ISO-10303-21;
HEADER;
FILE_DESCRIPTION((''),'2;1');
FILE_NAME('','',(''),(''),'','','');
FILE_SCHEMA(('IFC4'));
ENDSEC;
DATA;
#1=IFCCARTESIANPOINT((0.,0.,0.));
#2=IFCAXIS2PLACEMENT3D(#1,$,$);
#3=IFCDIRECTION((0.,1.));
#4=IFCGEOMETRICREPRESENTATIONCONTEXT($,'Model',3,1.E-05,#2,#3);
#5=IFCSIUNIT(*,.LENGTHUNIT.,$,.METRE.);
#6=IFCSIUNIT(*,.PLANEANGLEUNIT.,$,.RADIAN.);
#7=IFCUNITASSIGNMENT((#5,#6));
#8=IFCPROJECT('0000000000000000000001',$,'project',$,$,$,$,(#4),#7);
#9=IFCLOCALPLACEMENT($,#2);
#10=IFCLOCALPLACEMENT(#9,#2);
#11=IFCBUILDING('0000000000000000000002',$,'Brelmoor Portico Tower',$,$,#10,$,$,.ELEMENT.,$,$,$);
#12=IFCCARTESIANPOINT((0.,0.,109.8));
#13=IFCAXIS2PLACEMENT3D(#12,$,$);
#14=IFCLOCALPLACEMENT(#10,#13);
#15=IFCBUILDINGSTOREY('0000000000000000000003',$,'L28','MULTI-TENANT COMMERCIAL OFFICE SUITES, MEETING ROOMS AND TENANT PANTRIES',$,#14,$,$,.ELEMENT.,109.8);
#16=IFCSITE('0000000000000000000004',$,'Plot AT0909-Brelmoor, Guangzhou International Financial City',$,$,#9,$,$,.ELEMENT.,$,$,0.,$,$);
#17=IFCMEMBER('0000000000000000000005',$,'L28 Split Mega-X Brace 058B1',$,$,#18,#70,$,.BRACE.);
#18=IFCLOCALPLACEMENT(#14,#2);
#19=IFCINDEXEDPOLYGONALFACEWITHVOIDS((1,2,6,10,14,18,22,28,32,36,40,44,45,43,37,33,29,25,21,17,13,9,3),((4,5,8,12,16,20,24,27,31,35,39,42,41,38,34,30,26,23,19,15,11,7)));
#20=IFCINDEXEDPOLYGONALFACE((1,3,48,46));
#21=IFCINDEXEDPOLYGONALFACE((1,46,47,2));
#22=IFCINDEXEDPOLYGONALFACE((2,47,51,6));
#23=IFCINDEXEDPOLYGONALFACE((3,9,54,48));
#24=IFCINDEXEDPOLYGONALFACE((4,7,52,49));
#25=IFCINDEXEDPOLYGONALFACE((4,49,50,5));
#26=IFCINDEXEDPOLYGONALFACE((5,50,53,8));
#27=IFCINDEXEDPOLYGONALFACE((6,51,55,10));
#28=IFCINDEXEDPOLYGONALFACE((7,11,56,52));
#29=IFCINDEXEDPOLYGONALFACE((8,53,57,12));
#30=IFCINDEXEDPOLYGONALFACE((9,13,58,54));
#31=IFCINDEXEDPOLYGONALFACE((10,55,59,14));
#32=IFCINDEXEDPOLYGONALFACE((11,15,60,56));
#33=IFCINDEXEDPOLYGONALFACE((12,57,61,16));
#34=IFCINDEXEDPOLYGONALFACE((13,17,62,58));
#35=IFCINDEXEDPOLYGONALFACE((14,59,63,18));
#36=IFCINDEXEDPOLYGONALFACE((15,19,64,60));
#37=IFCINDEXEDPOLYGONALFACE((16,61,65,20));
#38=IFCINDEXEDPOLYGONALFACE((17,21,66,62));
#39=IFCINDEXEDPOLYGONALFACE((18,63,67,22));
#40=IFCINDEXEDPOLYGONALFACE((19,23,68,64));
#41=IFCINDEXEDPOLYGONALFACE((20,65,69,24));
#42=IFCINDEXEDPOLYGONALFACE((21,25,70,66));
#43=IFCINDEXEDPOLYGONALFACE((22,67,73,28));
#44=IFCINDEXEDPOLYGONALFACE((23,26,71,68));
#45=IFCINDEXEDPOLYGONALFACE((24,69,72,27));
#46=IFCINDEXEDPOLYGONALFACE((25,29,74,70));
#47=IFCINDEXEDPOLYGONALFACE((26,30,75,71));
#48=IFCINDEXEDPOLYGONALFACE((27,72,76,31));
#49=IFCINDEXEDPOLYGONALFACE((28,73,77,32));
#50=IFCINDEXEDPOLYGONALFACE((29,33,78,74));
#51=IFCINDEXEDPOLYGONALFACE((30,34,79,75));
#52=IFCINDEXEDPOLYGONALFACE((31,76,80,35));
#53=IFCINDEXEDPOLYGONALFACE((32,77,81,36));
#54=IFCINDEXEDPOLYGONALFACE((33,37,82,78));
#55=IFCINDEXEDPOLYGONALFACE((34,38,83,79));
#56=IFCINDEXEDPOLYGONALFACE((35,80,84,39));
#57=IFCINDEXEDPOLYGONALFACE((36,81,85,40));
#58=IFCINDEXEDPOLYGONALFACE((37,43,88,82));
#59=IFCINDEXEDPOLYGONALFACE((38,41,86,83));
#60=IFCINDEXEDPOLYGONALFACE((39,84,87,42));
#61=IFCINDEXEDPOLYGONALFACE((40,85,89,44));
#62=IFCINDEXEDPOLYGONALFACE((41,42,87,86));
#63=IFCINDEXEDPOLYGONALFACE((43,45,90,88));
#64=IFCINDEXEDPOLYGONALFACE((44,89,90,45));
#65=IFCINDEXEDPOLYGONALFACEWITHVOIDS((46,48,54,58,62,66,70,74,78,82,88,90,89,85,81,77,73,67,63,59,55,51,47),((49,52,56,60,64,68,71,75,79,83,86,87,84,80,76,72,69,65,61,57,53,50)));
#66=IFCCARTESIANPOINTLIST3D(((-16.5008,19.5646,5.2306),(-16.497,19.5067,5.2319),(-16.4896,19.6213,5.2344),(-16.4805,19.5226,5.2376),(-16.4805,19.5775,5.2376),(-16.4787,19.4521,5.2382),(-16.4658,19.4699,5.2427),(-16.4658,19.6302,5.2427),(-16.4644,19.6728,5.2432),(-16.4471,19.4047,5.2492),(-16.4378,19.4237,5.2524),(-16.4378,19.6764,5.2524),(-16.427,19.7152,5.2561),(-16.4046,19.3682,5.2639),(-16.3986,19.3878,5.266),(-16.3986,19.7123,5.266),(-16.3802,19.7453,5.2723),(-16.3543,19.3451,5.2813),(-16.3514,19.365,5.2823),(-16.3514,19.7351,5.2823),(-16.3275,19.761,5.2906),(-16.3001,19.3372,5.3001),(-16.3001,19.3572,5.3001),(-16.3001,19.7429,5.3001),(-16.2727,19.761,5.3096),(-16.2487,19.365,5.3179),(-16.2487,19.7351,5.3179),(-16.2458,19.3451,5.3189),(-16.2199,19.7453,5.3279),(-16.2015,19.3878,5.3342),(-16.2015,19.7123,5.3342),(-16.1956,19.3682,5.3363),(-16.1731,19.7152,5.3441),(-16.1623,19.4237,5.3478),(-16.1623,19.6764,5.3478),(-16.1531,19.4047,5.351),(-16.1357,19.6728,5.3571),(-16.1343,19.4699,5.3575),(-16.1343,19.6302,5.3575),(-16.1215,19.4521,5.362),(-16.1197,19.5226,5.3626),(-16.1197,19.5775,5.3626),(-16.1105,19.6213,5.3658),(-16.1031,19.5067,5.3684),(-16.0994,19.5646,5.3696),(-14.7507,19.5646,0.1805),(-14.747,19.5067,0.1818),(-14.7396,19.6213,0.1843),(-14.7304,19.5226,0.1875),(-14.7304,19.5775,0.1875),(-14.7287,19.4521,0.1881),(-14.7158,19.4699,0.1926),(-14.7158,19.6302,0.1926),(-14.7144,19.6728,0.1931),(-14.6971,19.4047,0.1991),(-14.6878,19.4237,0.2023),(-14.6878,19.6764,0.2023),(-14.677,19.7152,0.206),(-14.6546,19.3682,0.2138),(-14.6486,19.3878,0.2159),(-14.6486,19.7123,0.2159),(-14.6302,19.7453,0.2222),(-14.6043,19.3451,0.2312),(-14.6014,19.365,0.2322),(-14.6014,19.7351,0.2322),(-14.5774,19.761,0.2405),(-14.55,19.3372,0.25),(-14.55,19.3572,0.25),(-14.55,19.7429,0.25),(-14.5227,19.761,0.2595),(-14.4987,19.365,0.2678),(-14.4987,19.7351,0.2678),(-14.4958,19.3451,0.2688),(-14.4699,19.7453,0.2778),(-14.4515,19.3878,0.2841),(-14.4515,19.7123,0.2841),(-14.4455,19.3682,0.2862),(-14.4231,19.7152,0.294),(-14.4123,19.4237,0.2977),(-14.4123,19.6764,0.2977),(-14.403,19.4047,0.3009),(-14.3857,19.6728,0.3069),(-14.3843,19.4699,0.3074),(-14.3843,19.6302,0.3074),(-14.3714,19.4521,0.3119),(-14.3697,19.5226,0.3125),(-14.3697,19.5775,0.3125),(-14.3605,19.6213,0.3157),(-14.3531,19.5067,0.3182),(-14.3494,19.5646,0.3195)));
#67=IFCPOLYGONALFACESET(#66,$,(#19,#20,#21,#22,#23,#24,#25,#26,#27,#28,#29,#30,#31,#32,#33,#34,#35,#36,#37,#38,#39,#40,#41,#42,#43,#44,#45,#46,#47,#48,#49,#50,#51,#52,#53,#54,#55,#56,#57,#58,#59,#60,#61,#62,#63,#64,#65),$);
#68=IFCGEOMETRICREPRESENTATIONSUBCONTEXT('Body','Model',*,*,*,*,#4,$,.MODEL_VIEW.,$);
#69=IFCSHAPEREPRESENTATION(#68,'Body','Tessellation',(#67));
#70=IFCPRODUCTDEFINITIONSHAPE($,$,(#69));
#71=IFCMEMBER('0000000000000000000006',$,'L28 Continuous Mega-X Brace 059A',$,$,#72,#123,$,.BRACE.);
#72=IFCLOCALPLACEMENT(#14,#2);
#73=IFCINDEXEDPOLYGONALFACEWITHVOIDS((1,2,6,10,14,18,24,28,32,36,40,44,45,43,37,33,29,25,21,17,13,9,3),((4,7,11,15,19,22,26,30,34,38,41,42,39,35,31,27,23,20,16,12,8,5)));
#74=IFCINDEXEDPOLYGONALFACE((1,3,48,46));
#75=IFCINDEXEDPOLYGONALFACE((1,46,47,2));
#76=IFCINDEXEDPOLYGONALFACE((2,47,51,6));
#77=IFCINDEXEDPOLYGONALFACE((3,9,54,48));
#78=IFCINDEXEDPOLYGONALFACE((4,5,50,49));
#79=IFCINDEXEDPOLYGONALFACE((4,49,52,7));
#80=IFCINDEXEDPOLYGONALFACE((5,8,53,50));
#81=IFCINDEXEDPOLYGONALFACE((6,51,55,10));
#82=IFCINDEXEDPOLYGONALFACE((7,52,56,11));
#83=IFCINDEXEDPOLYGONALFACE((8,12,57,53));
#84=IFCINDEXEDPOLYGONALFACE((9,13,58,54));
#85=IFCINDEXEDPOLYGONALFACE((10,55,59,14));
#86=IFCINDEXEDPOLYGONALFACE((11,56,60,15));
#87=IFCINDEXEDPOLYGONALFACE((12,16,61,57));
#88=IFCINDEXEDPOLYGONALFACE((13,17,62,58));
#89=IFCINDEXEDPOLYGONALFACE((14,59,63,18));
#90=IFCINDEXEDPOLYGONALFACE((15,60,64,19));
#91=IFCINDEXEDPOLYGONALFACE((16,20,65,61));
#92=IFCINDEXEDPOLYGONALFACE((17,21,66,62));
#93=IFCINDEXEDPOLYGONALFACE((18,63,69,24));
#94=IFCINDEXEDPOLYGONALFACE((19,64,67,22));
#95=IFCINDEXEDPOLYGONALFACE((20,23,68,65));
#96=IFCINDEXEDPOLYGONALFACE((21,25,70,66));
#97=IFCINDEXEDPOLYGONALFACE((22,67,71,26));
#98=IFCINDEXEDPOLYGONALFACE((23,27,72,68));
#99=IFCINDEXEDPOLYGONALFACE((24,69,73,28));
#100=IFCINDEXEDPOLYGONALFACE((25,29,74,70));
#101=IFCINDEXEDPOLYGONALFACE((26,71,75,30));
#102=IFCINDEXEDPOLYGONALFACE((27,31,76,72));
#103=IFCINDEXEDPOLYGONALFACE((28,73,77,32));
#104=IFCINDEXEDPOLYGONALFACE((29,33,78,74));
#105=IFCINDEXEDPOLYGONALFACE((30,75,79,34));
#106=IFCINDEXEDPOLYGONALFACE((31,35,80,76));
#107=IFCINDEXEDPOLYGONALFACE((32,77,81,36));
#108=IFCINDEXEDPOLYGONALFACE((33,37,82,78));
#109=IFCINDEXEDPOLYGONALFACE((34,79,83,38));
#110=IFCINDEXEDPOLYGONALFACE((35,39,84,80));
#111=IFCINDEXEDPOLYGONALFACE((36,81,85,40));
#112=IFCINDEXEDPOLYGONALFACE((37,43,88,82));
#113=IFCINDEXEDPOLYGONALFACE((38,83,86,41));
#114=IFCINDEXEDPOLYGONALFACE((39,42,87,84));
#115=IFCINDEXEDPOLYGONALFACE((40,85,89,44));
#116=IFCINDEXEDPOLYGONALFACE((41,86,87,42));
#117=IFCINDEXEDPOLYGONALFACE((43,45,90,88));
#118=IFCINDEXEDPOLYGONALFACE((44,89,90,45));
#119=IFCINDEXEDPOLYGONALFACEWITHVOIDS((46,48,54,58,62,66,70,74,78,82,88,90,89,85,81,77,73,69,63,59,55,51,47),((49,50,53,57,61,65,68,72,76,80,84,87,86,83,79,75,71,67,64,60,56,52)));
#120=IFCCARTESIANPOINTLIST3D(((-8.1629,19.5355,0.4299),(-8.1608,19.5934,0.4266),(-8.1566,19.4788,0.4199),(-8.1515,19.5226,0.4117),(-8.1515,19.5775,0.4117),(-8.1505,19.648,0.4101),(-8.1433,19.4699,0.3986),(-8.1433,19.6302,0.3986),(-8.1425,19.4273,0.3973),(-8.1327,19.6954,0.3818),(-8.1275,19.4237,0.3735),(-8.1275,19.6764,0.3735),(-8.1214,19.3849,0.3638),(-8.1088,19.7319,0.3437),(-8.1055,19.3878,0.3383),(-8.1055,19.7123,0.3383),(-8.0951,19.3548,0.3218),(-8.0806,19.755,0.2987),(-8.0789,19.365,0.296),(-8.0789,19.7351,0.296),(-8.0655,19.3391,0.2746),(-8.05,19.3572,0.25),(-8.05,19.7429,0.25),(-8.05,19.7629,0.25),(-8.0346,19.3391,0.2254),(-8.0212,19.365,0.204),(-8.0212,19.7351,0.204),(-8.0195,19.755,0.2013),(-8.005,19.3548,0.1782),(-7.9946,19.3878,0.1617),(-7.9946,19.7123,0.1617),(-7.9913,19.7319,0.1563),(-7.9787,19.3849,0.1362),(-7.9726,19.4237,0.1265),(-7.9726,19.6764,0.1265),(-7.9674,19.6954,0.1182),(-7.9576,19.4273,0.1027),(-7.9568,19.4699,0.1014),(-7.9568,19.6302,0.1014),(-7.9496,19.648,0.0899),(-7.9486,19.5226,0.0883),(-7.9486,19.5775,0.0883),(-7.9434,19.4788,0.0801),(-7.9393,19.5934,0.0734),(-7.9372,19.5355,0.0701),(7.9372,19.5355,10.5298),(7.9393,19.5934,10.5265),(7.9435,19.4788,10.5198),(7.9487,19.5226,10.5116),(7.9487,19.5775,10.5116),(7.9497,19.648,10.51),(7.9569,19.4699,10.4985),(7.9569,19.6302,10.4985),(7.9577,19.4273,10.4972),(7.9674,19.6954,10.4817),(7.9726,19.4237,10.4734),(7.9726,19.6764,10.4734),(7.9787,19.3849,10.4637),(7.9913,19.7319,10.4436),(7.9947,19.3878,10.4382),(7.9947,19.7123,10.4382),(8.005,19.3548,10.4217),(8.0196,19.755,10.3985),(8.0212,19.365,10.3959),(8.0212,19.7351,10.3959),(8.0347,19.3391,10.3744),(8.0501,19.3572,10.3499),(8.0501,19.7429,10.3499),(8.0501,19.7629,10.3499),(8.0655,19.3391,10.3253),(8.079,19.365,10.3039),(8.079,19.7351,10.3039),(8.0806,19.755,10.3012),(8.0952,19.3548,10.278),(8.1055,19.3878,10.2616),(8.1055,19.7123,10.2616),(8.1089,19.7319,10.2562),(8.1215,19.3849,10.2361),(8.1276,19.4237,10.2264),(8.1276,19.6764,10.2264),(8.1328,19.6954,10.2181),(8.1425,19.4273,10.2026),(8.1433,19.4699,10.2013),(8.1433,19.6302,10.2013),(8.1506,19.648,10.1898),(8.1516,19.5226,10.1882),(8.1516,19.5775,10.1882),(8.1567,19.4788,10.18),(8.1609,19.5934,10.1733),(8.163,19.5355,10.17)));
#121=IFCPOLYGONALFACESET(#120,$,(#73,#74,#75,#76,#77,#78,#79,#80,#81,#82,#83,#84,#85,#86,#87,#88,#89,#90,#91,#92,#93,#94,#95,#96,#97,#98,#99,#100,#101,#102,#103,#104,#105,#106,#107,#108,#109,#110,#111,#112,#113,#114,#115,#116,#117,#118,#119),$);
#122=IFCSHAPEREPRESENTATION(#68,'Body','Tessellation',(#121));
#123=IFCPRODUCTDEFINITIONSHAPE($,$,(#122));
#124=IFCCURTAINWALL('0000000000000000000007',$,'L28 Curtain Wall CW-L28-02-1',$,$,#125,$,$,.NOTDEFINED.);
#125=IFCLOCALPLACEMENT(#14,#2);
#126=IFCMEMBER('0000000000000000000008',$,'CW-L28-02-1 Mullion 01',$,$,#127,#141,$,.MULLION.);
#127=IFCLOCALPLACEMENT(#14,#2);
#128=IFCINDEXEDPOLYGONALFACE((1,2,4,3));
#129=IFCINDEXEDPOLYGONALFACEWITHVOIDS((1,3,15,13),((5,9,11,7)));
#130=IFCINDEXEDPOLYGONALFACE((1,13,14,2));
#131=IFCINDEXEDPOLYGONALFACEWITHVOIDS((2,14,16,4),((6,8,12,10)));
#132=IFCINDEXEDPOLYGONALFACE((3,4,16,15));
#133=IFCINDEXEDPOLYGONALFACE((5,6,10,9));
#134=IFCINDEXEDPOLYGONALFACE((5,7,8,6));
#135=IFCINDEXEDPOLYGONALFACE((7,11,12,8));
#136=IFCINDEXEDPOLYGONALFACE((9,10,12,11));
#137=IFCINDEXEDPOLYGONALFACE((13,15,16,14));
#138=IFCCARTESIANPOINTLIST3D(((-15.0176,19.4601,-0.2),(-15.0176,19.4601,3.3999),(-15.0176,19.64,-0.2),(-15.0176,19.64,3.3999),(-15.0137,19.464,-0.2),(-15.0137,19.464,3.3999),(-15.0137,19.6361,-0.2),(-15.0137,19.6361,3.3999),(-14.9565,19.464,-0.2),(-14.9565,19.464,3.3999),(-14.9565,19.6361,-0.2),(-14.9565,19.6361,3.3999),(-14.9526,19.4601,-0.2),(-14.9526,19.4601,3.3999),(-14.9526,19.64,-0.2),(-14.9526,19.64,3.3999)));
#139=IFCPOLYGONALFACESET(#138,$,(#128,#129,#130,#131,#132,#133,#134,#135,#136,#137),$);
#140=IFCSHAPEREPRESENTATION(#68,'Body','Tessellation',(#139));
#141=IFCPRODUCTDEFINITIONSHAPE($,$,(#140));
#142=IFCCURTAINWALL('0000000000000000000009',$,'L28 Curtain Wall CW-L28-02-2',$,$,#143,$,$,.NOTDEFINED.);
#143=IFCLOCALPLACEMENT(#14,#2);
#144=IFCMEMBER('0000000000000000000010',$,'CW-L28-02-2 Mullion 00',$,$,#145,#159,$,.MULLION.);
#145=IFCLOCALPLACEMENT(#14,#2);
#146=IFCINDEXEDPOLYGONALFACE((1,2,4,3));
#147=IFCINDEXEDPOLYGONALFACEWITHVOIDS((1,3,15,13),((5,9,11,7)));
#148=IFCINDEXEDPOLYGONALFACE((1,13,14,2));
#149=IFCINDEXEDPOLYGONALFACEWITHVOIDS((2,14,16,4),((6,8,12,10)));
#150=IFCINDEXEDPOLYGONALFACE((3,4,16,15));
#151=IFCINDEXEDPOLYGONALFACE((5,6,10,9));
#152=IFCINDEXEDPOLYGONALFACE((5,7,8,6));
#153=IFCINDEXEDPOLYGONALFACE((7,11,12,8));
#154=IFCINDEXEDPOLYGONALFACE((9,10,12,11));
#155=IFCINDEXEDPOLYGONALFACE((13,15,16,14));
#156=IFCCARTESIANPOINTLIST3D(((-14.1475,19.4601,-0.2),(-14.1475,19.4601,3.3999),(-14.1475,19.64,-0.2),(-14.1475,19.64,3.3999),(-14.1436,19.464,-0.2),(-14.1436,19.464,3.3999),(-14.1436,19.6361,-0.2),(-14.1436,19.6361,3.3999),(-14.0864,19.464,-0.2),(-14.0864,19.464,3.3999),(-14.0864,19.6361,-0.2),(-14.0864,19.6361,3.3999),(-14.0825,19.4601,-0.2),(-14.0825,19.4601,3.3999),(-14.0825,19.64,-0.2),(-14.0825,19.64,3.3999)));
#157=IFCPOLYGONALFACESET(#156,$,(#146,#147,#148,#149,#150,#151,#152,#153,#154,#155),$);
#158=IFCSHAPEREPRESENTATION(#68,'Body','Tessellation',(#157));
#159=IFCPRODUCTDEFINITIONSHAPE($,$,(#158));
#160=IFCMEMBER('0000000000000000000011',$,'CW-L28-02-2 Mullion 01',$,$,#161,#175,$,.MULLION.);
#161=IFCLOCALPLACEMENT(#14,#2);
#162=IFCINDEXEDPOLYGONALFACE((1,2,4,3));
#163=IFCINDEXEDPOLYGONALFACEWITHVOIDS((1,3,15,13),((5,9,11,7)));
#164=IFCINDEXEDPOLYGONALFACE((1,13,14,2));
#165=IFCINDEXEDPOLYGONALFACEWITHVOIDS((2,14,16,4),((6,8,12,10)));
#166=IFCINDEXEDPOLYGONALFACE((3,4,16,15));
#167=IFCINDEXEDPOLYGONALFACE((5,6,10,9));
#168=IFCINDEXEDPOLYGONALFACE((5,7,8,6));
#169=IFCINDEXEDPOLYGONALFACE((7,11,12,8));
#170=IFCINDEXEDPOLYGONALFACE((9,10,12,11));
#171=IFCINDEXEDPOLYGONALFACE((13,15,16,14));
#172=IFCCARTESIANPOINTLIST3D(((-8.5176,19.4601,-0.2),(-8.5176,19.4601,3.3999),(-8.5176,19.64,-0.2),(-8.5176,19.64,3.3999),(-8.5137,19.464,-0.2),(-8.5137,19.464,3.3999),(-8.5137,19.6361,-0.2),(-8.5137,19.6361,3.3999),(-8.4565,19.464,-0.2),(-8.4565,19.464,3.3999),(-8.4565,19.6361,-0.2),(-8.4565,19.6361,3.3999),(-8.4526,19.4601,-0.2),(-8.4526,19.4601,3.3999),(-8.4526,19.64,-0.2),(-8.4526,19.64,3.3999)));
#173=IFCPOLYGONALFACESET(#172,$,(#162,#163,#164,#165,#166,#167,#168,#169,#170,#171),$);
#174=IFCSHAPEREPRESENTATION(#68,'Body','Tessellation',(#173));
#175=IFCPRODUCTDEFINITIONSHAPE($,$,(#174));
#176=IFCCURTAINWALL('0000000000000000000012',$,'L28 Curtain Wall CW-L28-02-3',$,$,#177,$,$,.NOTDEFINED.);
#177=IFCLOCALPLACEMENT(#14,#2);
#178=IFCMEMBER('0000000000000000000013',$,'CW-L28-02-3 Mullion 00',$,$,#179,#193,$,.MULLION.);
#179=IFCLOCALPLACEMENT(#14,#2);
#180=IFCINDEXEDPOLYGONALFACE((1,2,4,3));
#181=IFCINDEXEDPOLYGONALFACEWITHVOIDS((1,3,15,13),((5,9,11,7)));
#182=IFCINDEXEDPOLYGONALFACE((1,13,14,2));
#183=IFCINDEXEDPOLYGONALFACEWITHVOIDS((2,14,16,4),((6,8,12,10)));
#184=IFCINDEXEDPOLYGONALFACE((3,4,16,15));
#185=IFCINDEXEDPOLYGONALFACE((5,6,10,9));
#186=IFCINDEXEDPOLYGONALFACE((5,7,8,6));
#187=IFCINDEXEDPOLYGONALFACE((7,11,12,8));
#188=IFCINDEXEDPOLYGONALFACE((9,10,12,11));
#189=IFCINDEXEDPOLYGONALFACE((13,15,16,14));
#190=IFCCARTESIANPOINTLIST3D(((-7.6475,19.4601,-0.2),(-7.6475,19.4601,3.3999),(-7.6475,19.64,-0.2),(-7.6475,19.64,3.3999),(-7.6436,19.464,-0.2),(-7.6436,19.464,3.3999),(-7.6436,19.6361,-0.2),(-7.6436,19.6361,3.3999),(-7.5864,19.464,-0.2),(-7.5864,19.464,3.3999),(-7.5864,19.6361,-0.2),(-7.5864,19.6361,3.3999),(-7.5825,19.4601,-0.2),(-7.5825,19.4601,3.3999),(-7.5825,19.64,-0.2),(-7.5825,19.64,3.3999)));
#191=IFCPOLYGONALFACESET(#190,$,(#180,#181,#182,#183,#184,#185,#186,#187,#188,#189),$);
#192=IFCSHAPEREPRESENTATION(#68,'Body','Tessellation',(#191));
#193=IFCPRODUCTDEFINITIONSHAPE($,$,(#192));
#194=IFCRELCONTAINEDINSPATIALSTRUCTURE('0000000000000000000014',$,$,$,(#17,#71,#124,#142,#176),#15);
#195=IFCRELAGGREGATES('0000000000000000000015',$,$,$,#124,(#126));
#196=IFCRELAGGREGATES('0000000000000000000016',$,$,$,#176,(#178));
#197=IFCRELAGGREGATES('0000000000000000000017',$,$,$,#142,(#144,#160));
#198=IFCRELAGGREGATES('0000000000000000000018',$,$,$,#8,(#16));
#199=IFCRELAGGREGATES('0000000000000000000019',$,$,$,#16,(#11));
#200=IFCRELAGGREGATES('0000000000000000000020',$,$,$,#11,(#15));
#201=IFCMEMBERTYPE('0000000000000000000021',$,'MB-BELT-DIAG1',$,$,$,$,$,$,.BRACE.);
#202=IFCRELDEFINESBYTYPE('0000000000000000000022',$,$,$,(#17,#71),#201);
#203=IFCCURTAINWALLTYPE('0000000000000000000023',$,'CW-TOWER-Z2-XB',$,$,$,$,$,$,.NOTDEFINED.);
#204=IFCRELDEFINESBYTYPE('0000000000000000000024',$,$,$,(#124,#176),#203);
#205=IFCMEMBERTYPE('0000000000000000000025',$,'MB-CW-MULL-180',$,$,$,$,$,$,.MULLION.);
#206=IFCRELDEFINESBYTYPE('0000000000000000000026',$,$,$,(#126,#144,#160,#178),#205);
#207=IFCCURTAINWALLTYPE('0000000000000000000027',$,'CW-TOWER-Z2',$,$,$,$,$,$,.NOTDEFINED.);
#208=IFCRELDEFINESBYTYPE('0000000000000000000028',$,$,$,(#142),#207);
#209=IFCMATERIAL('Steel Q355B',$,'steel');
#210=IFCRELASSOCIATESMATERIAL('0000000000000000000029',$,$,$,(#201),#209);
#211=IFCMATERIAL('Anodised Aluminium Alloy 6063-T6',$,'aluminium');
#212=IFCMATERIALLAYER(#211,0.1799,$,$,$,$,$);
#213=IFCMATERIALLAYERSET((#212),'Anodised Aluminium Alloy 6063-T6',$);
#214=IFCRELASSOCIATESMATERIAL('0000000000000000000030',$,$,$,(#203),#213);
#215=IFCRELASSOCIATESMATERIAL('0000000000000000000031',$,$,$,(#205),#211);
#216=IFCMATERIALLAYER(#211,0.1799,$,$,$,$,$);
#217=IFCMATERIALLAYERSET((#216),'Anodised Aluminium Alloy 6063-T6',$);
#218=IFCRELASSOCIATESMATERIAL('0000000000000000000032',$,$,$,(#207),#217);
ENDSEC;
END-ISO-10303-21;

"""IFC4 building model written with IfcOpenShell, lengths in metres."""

from ifc_helpers import new_model, si_unit, direction, frame, origin, origin_2d, place, context, subcontext, project, spatial, hollow_rectangle, hollow_circle, extrude, material, layer, layer_set, material_profile, profile_set, type_object, element, aggregate, save


model = new_model("IFC4")

# Units and contexts
model_context = context("Model", 3, precision=1e-05, world=origin(), true_north=direction((0.0, 1.0)))
body_context = subcontext(model_context, "Body", "Model", "MODEL_VIEW")
ifc_project = project(units=[si_unit("LENGTHUNIT", "METRE"), si_unit("PLANEANGLEUNIT", "RADIAN")], contexts=[model_context])

# Site, building, storey
site_placement = place(None, origin())
site = spatial("IfcSite", under=ifc_project, at=site_placement, Name="Plot AT0909-Brelmoor, Guangzhou International Financial City", CompositionType="ELEMENT", RefElevation=0.0)
building_placement = place(site_placement, origin())
building = spatial("IfcBuilding", under=site, at=building_placement, Name="Brelmoor Portico Tower", CompositionType="ELEMENT")
storey_placement = place(building_placement, frame((0.0, 0.0, 109.8)))
storey = spatial("IfcBuildingStorey", under=building, at=storey_placement, Name="L28", Description="MULTI-TENANT COMMERCIAL OFFICE SUITES, MEETING ROOMS AND TENANT PANTRIES", CompositionType="ELEMENT", Elevation=109.8)

# Shared definitions
ifc_material_1 = material(Name="Steel Q355B", Category="steel")

# Members
ifc_material_profile_1 = material_profile(ifc_material_1, hollow_circle(Radius=0.2129, WallThickness=0.02, at=origin_2d()), Name="CHS 426x20")
ifc_profile_set_1 = profile_set([ifc_material_profile_1], Name="Steel Q355B")
member_type_1 = type_object("IfcMemberType", Name="MB-BELT-DIAG1", PredefinedType="BRACE", material=ifc_profile_set_1)
member_1_placement = place(storey_placement, frame((-14.55, 19.55, 0.25), z_axis=(-0.327429, 0.0, 0.944876), x_axis=(0.0, -1.0, 0.0)))
element("IfcMember", 1, at=member_1_placement, inside=storey, type_object=member_type_1, Name="L28 Split Mega-X Brace 058B1", PredefinedType="BRACE", context=body_context, shape_type="SweptSolid", body=[
    extrude(hollow_circle(Radius=0.2129, WallThickness=0.02, at=origin_2d()), origin(), (0.0, 0.0, 1.0), 5.3447),
])
member_2_placement = place(storey_placement, frame((-8.05, 19.55, 0.25), z_axis=(0.847115, 0.0, 0.531409), x_axis=(0.0, 1.0, 0.0)))
element("IfcMember", 2, at=member_2_placement, inside=storey, type_object=member_type_1, Name="L28 Continuous Mega-X Brace 059A", PredefinedType="BRACE", context=body_context, shape_type="SweptSolid", body=[
    extrude(hollow_circle(Radius=0.2129, WallThickness=0.02, at=origin_2d()), origin(), (0.0, 0.0, 1.0), 19.0059),
])

# Curtain wall, member
ifc_material_2 = material(Name="Anodised Aluminium Alloy 6063-T6", Category="aluminium")
ifc_layer_1 = layer(ifc_material_2, 0.1799)
ifc_layer_set_1 = layer_set([ifc_layer_1], Name="Anodised Aluminium Alloy 6063-T6")
curtain_wall_type_1 = type_object("IfcCurtainWallType", Name="CW-TOWER-Z2-XB", PredefinedType="NOTDEFINED", material=ifc_layer_set_1)
curtain_wall_1_placement = place(storey_placement, origin())
curtain_wall_1 = element("IfcCurtainWall", 3, at=curtain_wall_1_placement, inside=storey, type_object=curtain_wall_type_1, Name="L28 Curtain Wall CW-L28-02-1", PredefinedType="NOTDEFINED")
ifc_material_profile_2 = material_profile(ifc_material_2, hollow_rectangle(XDim=0.0649, YDim=0.1799, WallThickness=0.0039, at=origin_2d()), Name="ALU MULLION 65x180")
ifc_profile_set_2 = profile_set([ifc_material_profile_2], Name="Anodised Aluminium Alloy 6063-T6")
member_type_2 = type_object("IfcMemberType", Name="MB-CW-MULL-180", PredefinedType="MULLION", material=ifc_profile_set_2)
member_3_placement = place(storey_placement, frame((-14.9851, 19.55, -0.2), z_axis=(0.0, 0.0, 1.0), x_axis=(1.0, 0.0, 0.0)))
member_3 = element("IfcMember", 4, at=member_3_placement, type_object=member_type_2, Name="CW-L28-02-1 Mullion 01", PredefinedType="MULLION", context=body_context, shape_type="SweptSolid", body=[
    extrude(hollow_rectangle(XDim=0.0649, YDim=0.1799, WallThickness=0.0039, at=origin_2d()), origin(), (0.0, 0.0, 1.0), 3.5999),
])
aggregate(curtain_wall_1, [member_3])

# Curtain wall, members
ifc_layer_2 = layer(ifc_material_2, 0.1799)
ifc_layer_set_2 = layer_set([ifc_layer_2], Name="Anodised Aluminium Alloy 6063-T6")
curtain_wall_type_2 = type_object("IfcCurtainWallType", Name="CW-TOWER-Z2", PredefinedType="NOTDEFINED", material=ifc_layer_set_2)
curtain_wall_2_placement = place(storey_placement, origin())
curtain_wall_2 = element("IfcCurtainWall", 5, at=curtain_wall_2_placement, inside=storey, type_object=curtain_wall_type_2, Name="L28 Curtain Wall CW-L28-02-2", PredefinedType="NOTDEFINED")
member_4_placement = place(storey_placement, frame((-14.115, 19.55, -0.2), z_axis=(0.0, 0.0, 1.0), x_axis=(1.0, 0.0, 0.0)))
member_4 = element("IfcMember", 6, at=member_4_placement, type_object=member_type_2, Name="CW-L28-02-2 Mullion 00", PredefinedType="MULLION", context=body_context, shape_type="SweptSolid", body=[
    extrude(hollow_rectangle(XDim=0.0649, YDim=0.1799, WallThickness=0.0039, at=origin_2d()), origin(), (0.0, 0.0, 1.0), 3.5999),
])
member_5_placement = place(storey_placement, frame((-8.4851, 19.55, -0.2), z_axis=(0.0, 0.0, 1.0), x_axis=(1.0, 0.0, 0.0)))
member_5 = element("IfcMember", 7, at=member_5_placement, type_object=member_type_2, Name="CW-L28-02-2 Mullion 01", PredefinedType="MULLION", context=body_context, shape_type="SweptSolid", body=[
    extrude(hollow_rectangle(XDim=0.0649, YDim=0.1799, WallThickness=0.0039, at=origin_2d()), origin(), (0.0, 0.0, 1.0), 3.5999),
])

# Curtain wall, member
curtain_wall_3_placement = place(storey_placement, origin())
curtain_wall_3 = element("IfcCurtainWall", 8, at=curtain_wall_3_placement, inside=storey, type_object=curtain_wall_type_1, Name="L28 Curtain Wall CW-L28-02-3", PredefinedType="NOTDEFINED")
member_6_placement = place(storey_placement, frame((-7.615, 19.55, -0.2), z_axis=(0.0, 0.0, 1.0), x_axis=(1.0, 0.0, 0.0)))
member_6 = element("IfcMember", 9, at=member_6_placement, type_object=member_type_2, Name="CW-L28-02-3 Mullion 00", PredefinedType="MULLION", context=body_context, shape_type="SweptSolid", body=[
    extrude(hollow_rectangle(XDim=0.0649, YDim=0.1799, WallThickness=0.0039, at=origin_2d()), origin(), (0.0, 0.0, 1.0), 3.5999),
])

aggregate(curtain_wall_3, [member_6])

aggregate(curtain_wall_2, [member_4, member_5])

save(model, "model.ifc")
